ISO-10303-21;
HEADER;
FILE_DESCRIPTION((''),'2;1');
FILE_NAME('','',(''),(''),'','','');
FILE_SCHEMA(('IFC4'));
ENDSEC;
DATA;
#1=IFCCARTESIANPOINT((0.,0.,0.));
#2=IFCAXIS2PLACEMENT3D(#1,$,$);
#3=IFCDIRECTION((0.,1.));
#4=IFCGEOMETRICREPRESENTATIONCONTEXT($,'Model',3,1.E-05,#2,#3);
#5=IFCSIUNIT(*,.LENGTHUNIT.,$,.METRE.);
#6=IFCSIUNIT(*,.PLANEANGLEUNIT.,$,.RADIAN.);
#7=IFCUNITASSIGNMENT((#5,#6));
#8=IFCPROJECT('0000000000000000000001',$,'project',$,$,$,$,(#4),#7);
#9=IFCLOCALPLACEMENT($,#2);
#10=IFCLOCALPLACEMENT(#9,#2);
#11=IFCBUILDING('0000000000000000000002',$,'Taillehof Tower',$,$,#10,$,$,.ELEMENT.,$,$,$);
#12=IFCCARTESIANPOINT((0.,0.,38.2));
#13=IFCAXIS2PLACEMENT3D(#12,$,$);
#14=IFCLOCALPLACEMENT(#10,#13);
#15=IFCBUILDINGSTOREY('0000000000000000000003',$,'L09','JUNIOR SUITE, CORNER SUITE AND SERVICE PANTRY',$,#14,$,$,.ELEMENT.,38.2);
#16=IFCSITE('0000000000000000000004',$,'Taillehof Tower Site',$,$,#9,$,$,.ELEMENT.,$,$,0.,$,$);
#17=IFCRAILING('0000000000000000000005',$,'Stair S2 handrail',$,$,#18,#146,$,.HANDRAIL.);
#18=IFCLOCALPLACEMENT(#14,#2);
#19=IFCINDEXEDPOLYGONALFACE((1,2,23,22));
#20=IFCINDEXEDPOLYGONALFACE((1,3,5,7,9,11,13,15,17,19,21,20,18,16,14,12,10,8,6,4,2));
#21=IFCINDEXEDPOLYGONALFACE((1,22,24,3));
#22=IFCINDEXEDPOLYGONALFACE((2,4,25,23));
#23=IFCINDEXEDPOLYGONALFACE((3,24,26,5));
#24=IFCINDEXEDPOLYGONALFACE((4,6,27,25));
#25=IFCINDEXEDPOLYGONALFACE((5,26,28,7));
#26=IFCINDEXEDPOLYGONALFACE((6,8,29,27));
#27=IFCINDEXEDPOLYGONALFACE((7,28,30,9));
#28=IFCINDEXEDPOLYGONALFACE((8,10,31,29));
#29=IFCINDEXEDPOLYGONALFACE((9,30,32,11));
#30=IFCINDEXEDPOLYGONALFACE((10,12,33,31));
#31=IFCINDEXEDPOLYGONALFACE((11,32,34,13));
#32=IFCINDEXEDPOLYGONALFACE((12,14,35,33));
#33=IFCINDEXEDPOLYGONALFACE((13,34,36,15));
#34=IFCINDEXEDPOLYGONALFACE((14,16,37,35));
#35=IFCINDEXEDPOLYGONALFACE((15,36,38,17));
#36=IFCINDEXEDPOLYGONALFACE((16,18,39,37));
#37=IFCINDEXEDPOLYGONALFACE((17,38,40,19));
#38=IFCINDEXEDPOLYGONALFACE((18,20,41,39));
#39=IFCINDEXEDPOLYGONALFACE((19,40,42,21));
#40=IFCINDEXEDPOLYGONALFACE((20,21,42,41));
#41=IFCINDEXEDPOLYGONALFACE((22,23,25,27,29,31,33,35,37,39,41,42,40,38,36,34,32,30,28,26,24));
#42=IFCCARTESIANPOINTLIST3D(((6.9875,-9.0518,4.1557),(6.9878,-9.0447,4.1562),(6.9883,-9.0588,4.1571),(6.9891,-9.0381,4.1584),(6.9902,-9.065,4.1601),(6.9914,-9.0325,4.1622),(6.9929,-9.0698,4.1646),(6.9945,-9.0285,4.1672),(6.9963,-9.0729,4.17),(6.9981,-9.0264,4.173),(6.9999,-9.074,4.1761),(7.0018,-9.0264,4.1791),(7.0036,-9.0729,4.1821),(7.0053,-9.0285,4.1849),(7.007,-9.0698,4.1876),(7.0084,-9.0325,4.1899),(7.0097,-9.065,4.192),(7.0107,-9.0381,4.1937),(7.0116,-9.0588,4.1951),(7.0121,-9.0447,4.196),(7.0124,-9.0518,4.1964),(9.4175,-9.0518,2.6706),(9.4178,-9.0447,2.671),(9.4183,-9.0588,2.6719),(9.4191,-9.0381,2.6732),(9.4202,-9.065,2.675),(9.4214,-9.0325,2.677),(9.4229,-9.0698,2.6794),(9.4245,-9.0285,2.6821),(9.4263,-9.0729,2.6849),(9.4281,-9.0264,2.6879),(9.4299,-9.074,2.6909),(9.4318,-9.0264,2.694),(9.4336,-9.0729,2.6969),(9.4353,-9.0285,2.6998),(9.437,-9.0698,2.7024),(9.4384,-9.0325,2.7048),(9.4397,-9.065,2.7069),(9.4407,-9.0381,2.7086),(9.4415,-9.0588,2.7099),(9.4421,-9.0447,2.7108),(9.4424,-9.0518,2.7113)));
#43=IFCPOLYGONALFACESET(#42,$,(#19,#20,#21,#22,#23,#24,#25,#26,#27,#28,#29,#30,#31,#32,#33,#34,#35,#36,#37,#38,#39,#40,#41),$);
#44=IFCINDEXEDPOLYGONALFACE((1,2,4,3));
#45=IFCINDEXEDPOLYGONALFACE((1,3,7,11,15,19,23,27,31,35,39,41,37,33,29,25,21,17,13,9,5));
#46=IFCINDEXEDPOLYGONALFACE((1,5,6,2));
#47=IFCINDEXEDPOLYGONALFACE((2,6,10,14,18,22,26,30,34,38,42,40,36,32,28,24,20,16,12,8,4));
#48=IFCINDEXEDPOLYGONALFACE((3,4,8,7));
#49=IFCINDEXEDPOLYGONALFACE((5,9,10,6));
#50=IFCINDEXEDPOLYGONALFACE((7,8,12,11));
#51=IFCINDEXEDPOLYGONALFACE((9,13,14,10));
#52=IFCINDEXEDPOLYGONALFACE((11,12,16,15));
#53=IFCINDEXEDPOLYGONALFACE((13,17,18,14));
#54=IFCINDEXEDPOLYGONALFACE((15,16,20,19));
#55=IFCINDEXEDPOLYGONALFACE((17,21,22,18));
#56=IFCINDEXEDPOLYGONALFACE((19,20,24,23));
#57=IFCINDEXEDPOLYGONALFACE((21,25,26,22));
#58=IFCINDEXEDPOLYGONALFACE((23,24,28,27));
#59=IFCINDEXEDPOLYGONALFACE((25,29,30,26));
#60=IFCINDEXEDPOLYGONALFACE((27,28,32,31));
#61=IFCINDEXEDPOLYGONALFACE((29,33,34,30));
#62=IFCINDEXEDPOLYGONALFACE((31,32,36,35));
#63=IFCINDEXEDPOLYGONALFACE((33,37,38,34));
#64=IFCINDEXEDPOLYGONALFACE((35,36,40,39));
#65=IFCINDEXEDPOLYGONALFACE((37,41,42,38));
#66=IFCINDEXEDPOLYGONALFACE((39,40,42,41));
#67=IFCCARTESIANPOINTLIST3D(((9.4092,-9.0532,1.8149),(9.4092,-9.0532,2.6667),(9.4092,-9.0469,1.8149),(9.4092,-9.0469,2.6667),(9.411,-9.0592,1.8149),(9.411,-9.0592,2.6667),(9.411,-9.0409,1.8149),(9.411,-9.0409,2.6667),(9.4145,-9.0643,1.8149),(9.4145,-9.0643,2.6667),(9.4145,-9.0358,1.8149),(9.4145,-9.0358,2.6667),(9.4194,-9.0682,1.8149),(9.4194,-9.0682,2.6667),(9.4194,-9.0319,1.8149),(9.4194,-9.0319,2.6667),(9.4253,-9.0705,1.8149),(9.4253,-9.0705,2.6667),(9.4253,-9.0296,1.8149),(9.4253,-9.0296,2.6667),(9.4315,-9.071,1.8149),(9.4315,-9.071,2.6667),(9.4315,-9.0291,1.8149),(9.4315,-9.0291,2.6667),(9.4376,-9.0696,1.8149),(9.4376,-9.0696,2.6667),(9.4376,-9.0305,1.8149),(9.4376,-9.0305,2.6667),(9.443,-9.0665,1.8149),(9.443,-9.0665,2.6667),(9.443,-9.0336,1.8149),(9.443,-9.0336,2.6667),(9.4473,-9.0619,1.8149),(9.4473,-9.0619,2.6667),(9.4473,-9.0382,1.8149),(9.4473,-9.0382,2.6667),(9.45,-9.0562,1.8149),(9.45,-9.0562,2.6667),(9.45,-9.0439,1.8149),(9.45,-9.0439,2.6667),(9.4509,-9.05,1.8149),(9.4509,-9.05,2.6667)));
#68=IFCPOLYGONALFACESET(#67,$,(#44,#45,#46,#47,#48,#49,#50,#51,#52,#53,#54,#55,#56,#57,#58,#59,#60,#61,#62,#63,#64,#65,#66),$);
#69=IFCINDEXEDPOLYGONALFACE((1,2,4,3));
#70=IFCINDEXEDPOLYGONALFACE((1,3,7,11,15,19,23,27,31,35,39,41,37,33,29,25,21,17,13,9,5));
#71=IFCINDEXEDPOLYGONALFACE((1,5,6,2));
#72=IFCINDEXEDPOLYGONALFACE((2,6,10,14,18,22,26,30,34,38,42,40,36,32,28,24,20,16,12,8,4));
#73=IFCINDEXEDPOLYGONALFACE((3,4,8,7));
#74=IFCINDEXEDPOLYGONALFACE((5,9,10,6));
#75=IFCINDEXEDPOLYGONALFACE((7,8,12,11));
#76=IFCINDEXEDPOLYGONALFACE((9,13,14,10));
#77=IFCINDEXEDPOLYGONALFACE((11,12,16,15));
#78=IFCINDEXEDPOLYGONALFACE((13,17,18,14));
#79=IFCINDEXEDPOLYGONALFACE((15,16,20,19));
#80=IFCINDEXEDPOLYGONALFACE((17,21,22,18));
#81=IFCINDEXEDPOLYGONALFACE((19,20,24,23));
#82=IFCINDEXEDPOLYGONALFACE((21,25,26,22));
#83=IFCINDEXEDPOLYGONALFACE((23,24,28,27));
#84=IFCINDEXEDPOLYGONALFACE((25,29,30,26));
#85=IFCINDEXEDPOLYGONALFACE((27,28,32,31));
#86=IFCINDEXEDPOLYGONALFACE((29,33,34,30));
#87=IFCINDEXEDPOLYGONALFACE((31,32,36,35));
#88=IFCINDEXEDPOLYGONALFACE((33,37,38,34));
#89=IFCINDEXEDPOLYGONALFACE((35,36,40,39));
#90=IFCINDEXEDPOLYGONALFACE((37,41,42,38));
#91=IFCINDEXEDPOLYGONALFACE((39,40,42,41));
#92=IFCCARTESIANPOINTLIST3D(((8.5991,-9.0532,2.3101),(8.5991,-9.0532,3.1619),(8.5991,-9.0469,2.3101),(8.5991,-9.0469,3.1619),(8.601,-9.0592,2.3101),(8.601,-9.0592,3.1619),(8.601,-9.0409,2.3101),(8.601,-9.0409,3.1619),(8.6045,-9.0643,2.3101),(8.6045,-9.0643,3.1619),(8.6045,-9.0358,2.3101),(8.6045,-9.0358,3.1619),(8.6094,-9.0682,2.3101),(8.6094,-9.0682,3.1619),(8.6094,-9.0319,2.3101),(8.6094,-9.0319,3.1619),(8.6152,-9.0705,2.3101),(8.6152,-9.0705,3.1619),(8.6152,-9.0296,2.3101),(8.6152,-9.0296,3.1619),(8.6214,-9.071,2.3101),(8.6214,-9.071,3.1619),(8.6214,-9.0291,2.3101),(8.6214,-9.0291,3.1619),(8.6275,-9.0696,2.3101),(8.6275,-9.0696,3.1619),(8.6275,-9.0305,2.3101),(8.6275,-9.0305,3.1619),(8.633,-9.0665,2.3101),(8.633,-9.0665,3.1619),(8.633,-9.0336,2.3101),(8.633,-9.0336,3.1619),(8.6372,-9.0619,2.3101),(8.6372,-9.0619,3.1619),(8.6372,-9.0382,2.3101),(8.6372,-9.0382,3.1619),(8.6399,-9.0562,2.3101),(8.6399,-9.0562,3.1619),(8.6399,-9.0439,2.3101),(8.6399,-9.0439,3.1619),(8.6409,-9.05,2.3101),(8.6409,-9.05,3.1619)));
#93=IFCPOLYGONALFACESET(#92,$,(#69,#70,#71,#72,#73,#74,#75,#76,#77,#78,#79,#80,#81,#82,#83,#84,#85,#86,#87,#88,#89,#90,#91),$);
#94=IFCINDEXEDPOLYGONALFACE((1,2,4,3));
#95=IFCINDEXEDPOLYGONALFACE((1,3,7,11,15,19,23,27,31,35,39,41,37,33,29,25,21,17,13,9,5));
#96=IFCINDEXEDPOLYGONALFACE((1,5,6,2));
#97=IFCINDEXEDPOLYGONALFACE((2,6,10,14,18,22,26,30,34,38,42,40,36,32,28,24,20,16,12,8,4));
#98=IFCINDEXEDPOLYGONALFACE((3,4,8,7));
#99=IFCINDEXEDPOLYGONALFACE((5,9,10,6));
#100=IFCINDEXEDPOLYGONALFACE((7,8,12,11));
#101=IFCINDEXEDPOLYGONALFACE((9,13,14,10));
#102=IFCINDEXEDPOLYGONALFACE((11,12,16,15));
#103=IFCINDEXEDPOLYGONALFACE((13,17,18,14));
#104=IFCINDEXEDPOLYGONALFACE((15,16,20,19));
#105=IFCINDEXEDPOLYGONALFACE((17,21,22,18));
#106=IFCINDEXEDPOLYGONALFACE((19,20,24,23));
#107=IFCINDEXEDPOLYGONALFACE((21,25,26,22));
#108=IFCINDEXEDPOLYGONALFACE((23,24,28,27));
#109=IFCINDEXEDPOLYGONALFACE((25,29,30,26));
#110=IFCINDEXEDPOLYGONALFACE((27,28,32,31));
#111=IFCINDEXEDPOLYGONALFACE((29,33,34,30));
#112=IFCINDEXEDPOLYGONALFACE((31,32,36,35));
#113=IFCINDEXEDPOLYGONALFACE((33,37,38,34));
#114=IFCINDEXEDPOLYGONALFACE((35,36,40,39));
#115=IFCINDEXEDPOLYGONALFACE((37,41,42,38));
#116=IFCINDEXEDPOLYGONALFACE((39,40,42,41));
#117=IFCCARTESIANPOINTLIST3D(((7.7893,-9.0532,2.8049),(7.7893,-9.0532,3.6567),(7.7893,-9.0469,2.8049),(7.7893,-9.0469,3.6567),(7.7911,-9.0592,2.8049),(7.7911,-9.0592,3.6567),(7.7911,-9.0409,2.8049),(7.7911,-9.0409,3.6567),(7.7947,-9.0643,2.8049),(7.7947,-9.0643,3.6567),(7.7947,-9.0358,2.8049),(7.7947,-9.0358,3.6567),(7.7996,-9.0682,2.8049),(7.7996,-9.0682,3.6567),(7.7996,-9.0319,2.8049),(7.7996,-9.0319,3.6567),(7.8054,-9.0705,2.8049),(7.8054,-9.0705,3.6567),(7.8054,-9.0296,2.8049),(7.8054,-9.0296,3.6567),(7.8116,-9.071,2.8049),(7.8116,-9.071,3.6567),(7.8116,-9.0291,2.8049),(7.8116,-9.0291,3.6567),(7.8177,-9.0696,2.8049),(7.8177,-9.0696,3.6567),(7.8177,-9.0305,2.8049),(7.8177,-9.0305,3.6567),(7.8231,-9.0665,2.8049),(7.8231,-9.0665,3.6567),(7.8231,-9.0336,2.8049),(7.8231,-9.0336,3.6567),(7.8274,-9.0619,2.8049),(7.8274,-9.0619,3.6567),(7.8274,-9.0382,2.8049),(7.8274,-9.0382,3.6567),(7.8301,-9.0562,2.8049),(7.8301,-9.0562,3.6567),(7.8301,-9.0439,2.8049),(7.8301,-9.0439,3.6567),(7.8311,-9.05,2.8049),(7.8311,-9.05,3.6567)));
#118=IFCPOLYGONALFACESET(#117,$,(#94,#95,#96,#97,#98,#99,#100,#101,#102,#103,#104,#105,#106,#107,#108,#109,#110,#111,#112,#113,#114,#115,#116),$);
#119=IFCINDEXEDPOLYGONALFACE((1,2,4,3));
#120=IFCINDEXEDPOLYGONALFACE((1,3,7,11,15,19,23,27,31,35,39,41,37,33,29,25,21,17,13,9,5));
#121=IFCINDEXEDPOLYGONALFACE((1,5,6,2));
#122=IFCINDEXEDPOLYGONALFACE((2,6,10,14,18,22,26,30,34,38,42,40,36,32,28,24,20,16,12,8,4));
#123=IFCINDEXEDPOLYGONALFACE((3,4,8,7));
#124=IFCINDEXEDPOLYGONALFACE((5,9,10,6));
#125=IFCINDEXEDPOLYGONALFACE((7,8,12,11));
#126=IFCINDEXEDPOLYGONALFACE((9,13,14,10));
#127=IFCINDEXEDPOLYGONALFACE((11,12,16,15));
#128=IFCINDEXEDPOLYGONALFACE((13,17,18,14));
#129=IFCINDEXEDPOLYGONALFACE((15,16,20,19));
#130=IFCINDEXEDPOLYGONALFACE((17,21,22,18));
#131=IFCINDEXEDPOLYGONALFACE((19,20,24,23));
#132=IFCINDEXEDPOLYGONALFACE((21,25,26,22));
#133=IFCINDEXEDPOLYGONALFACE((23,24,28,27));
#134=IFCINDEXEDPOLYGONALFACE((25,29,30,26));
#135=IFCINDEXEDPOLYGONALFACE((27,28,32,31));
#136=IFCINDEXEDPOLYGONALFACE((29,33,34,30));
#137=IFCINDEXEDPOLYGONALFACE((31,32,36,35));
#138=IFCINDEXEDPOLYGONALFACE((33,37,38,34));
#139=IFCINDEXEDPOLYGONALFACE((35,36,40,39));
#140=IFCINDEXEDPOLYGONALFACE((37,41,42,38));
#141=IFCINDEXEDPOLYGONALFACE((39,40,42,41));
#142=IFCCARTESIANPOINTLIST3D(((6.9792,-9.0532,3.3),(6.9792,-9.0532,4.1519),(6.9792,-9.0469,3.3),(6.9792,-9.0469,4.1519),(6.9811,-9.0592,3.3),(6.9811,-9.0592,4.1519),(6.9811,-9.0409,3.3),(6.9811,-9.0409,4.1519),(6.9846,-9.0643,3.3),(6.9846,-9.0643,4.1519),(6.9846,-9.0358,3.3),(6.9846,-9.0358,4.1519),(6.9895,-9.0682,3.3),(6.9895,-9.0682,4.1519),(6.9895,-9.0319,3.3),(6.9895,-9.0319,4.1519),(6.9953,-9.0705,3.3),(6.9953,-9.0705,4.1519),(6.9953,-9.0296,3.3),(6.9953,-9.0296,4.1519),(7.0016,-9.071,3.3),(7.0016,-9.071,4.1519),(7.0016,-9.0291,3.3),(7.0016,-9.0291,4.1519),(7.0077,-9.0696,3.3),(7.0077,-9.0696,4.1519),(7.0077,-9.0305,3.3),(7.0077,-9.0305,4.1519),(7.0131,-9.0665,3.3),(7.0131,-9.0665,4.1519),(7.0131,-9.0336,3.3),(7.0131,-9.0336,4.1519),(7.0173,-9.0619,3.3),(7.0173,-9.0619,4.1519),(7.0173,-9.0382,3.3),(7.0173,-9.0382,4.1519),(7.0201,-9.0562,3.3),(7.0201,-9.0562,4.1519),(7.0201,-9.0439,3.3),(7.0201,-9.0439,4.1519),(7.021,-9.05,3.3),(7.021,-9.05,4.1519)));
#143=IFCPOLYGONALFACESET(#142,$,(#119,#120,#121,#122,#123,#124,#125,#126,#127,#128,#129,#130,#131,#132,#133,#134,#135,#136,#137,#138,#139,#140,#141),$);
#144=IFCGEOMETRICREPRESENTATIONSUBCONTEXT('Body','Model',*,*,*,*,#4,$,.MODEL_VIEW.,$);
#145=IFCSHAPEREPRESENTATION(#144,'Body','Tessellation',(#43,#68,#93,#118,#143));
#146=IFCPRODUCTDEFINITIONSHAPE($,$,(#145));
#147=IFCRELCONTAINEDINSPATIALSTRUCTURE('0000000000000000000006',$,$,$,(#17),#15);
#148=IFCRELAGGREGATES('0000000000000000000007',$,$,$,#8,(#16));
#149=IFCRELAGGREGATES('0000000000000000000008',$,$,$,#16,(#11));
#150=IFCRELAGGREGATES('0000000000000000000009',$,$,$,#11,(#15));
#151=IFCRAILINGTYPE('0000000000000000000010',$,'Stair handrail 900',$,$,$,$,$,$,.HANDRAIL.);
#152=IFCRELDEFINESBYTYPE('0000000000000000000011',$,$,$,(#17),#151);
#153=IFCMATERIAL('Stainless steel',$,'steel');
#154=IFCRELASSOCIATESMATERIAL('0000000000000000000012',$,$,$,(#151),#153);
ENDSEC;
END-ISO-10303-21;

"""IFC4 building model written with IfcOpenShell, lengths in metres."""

from ifc_helpers import new_model, si_unit, direction, frame, origin, origin_2d, place, context, subcontext, project, spatial, circle, extrude, material, type_object, element, save


model = new_model("IFC4")

# Units and contexts
model_context = context("Model", 3, precision=1e-05, world=origin(), true_north=direction((0.0, 1.0)))
body_context = subcontext(model_context, "Body", "Model", "MODEL_VIEW")
ifc_project = project(units=[si_unit("LENGTHUNIT", "METRE"), si_unit("PLANEANGLEUNIT", "RADIAN")], contexts=[model_context])

# Site, building, storey
site_placement = place(None, origin())
site = spatial("IfcSite", under=ifc_project, at=site_placement, Name="Taillehof Tower Site", CompositionType="ELEMENT", RefElevation=0.0)
building_placement = place(site_placement, origin())
building = spatial("IfcBuilding", under=site, at=building_placement, Name="Taillehof Tower", CompositionType="ELEMENT")
storey_placement = place(building_placement, frame((0.0, 0.0, 38.2)))
storey = spatial("IfcBuildingStorey", under=building, at=storey_placement, Name="L09", Description="JUNIOR SUITE, CORNER SUITE AND SERVICE PANTRY", CompositionType="ELEMENT", Elevation=38.2)

# Railing
ifc_material_1 = material(Name="Stainless steel", Category="steel")
railing_type = type_object("IfcRailingType", Name="Stair handrail 900", PredefinedType="HANDRAIL", material=ifc_material_1)
railing_1_placement = place(storey_placement, frame((9.4299, -9.05, 1.8149)))
element("IfcRailing", 1, at=railing_1_placement, inside=storey, type_object=railing_type, Name="Stair S2 handrail", PredefinedType="HANDRAIL", context=body_context, shape_type="SweptSolid", body=[
    extrude(circle(Radius=0.0239, at=origin_2d()), frame((0.0, 0.0, 0.876), z_axis=(-0.853259, 0.0, 0.521488), x_axis=(0.0, -1.0, 0.0)), (0.0, 0.0, 1.0), 2.8479),
    extrude(circle(Radius=0.021, at=origin_2d()), origin(), (0.0, 0.0, 1.0), 0.8518),
    extrude(circle(Radius=0.021, at=origin_2d()), frame((-0.8101, 0.0, 0.4951)), (0.0, 0.0, 1.0), 0.8518),
    extrude(circle(Radius=0.021, at=origin_2d()), frame((-1.6199, 0.0, 0.99)), (0.0, 0.0, 1.0), 0.8518),
    extrude(circle(Radius=0.021, at=origin_2d()), frame((-2.4299, 0.0, 1.4851)), (0.0, 0.0, 1.0), 0.8518),
])

save(model, "model.ifc")
